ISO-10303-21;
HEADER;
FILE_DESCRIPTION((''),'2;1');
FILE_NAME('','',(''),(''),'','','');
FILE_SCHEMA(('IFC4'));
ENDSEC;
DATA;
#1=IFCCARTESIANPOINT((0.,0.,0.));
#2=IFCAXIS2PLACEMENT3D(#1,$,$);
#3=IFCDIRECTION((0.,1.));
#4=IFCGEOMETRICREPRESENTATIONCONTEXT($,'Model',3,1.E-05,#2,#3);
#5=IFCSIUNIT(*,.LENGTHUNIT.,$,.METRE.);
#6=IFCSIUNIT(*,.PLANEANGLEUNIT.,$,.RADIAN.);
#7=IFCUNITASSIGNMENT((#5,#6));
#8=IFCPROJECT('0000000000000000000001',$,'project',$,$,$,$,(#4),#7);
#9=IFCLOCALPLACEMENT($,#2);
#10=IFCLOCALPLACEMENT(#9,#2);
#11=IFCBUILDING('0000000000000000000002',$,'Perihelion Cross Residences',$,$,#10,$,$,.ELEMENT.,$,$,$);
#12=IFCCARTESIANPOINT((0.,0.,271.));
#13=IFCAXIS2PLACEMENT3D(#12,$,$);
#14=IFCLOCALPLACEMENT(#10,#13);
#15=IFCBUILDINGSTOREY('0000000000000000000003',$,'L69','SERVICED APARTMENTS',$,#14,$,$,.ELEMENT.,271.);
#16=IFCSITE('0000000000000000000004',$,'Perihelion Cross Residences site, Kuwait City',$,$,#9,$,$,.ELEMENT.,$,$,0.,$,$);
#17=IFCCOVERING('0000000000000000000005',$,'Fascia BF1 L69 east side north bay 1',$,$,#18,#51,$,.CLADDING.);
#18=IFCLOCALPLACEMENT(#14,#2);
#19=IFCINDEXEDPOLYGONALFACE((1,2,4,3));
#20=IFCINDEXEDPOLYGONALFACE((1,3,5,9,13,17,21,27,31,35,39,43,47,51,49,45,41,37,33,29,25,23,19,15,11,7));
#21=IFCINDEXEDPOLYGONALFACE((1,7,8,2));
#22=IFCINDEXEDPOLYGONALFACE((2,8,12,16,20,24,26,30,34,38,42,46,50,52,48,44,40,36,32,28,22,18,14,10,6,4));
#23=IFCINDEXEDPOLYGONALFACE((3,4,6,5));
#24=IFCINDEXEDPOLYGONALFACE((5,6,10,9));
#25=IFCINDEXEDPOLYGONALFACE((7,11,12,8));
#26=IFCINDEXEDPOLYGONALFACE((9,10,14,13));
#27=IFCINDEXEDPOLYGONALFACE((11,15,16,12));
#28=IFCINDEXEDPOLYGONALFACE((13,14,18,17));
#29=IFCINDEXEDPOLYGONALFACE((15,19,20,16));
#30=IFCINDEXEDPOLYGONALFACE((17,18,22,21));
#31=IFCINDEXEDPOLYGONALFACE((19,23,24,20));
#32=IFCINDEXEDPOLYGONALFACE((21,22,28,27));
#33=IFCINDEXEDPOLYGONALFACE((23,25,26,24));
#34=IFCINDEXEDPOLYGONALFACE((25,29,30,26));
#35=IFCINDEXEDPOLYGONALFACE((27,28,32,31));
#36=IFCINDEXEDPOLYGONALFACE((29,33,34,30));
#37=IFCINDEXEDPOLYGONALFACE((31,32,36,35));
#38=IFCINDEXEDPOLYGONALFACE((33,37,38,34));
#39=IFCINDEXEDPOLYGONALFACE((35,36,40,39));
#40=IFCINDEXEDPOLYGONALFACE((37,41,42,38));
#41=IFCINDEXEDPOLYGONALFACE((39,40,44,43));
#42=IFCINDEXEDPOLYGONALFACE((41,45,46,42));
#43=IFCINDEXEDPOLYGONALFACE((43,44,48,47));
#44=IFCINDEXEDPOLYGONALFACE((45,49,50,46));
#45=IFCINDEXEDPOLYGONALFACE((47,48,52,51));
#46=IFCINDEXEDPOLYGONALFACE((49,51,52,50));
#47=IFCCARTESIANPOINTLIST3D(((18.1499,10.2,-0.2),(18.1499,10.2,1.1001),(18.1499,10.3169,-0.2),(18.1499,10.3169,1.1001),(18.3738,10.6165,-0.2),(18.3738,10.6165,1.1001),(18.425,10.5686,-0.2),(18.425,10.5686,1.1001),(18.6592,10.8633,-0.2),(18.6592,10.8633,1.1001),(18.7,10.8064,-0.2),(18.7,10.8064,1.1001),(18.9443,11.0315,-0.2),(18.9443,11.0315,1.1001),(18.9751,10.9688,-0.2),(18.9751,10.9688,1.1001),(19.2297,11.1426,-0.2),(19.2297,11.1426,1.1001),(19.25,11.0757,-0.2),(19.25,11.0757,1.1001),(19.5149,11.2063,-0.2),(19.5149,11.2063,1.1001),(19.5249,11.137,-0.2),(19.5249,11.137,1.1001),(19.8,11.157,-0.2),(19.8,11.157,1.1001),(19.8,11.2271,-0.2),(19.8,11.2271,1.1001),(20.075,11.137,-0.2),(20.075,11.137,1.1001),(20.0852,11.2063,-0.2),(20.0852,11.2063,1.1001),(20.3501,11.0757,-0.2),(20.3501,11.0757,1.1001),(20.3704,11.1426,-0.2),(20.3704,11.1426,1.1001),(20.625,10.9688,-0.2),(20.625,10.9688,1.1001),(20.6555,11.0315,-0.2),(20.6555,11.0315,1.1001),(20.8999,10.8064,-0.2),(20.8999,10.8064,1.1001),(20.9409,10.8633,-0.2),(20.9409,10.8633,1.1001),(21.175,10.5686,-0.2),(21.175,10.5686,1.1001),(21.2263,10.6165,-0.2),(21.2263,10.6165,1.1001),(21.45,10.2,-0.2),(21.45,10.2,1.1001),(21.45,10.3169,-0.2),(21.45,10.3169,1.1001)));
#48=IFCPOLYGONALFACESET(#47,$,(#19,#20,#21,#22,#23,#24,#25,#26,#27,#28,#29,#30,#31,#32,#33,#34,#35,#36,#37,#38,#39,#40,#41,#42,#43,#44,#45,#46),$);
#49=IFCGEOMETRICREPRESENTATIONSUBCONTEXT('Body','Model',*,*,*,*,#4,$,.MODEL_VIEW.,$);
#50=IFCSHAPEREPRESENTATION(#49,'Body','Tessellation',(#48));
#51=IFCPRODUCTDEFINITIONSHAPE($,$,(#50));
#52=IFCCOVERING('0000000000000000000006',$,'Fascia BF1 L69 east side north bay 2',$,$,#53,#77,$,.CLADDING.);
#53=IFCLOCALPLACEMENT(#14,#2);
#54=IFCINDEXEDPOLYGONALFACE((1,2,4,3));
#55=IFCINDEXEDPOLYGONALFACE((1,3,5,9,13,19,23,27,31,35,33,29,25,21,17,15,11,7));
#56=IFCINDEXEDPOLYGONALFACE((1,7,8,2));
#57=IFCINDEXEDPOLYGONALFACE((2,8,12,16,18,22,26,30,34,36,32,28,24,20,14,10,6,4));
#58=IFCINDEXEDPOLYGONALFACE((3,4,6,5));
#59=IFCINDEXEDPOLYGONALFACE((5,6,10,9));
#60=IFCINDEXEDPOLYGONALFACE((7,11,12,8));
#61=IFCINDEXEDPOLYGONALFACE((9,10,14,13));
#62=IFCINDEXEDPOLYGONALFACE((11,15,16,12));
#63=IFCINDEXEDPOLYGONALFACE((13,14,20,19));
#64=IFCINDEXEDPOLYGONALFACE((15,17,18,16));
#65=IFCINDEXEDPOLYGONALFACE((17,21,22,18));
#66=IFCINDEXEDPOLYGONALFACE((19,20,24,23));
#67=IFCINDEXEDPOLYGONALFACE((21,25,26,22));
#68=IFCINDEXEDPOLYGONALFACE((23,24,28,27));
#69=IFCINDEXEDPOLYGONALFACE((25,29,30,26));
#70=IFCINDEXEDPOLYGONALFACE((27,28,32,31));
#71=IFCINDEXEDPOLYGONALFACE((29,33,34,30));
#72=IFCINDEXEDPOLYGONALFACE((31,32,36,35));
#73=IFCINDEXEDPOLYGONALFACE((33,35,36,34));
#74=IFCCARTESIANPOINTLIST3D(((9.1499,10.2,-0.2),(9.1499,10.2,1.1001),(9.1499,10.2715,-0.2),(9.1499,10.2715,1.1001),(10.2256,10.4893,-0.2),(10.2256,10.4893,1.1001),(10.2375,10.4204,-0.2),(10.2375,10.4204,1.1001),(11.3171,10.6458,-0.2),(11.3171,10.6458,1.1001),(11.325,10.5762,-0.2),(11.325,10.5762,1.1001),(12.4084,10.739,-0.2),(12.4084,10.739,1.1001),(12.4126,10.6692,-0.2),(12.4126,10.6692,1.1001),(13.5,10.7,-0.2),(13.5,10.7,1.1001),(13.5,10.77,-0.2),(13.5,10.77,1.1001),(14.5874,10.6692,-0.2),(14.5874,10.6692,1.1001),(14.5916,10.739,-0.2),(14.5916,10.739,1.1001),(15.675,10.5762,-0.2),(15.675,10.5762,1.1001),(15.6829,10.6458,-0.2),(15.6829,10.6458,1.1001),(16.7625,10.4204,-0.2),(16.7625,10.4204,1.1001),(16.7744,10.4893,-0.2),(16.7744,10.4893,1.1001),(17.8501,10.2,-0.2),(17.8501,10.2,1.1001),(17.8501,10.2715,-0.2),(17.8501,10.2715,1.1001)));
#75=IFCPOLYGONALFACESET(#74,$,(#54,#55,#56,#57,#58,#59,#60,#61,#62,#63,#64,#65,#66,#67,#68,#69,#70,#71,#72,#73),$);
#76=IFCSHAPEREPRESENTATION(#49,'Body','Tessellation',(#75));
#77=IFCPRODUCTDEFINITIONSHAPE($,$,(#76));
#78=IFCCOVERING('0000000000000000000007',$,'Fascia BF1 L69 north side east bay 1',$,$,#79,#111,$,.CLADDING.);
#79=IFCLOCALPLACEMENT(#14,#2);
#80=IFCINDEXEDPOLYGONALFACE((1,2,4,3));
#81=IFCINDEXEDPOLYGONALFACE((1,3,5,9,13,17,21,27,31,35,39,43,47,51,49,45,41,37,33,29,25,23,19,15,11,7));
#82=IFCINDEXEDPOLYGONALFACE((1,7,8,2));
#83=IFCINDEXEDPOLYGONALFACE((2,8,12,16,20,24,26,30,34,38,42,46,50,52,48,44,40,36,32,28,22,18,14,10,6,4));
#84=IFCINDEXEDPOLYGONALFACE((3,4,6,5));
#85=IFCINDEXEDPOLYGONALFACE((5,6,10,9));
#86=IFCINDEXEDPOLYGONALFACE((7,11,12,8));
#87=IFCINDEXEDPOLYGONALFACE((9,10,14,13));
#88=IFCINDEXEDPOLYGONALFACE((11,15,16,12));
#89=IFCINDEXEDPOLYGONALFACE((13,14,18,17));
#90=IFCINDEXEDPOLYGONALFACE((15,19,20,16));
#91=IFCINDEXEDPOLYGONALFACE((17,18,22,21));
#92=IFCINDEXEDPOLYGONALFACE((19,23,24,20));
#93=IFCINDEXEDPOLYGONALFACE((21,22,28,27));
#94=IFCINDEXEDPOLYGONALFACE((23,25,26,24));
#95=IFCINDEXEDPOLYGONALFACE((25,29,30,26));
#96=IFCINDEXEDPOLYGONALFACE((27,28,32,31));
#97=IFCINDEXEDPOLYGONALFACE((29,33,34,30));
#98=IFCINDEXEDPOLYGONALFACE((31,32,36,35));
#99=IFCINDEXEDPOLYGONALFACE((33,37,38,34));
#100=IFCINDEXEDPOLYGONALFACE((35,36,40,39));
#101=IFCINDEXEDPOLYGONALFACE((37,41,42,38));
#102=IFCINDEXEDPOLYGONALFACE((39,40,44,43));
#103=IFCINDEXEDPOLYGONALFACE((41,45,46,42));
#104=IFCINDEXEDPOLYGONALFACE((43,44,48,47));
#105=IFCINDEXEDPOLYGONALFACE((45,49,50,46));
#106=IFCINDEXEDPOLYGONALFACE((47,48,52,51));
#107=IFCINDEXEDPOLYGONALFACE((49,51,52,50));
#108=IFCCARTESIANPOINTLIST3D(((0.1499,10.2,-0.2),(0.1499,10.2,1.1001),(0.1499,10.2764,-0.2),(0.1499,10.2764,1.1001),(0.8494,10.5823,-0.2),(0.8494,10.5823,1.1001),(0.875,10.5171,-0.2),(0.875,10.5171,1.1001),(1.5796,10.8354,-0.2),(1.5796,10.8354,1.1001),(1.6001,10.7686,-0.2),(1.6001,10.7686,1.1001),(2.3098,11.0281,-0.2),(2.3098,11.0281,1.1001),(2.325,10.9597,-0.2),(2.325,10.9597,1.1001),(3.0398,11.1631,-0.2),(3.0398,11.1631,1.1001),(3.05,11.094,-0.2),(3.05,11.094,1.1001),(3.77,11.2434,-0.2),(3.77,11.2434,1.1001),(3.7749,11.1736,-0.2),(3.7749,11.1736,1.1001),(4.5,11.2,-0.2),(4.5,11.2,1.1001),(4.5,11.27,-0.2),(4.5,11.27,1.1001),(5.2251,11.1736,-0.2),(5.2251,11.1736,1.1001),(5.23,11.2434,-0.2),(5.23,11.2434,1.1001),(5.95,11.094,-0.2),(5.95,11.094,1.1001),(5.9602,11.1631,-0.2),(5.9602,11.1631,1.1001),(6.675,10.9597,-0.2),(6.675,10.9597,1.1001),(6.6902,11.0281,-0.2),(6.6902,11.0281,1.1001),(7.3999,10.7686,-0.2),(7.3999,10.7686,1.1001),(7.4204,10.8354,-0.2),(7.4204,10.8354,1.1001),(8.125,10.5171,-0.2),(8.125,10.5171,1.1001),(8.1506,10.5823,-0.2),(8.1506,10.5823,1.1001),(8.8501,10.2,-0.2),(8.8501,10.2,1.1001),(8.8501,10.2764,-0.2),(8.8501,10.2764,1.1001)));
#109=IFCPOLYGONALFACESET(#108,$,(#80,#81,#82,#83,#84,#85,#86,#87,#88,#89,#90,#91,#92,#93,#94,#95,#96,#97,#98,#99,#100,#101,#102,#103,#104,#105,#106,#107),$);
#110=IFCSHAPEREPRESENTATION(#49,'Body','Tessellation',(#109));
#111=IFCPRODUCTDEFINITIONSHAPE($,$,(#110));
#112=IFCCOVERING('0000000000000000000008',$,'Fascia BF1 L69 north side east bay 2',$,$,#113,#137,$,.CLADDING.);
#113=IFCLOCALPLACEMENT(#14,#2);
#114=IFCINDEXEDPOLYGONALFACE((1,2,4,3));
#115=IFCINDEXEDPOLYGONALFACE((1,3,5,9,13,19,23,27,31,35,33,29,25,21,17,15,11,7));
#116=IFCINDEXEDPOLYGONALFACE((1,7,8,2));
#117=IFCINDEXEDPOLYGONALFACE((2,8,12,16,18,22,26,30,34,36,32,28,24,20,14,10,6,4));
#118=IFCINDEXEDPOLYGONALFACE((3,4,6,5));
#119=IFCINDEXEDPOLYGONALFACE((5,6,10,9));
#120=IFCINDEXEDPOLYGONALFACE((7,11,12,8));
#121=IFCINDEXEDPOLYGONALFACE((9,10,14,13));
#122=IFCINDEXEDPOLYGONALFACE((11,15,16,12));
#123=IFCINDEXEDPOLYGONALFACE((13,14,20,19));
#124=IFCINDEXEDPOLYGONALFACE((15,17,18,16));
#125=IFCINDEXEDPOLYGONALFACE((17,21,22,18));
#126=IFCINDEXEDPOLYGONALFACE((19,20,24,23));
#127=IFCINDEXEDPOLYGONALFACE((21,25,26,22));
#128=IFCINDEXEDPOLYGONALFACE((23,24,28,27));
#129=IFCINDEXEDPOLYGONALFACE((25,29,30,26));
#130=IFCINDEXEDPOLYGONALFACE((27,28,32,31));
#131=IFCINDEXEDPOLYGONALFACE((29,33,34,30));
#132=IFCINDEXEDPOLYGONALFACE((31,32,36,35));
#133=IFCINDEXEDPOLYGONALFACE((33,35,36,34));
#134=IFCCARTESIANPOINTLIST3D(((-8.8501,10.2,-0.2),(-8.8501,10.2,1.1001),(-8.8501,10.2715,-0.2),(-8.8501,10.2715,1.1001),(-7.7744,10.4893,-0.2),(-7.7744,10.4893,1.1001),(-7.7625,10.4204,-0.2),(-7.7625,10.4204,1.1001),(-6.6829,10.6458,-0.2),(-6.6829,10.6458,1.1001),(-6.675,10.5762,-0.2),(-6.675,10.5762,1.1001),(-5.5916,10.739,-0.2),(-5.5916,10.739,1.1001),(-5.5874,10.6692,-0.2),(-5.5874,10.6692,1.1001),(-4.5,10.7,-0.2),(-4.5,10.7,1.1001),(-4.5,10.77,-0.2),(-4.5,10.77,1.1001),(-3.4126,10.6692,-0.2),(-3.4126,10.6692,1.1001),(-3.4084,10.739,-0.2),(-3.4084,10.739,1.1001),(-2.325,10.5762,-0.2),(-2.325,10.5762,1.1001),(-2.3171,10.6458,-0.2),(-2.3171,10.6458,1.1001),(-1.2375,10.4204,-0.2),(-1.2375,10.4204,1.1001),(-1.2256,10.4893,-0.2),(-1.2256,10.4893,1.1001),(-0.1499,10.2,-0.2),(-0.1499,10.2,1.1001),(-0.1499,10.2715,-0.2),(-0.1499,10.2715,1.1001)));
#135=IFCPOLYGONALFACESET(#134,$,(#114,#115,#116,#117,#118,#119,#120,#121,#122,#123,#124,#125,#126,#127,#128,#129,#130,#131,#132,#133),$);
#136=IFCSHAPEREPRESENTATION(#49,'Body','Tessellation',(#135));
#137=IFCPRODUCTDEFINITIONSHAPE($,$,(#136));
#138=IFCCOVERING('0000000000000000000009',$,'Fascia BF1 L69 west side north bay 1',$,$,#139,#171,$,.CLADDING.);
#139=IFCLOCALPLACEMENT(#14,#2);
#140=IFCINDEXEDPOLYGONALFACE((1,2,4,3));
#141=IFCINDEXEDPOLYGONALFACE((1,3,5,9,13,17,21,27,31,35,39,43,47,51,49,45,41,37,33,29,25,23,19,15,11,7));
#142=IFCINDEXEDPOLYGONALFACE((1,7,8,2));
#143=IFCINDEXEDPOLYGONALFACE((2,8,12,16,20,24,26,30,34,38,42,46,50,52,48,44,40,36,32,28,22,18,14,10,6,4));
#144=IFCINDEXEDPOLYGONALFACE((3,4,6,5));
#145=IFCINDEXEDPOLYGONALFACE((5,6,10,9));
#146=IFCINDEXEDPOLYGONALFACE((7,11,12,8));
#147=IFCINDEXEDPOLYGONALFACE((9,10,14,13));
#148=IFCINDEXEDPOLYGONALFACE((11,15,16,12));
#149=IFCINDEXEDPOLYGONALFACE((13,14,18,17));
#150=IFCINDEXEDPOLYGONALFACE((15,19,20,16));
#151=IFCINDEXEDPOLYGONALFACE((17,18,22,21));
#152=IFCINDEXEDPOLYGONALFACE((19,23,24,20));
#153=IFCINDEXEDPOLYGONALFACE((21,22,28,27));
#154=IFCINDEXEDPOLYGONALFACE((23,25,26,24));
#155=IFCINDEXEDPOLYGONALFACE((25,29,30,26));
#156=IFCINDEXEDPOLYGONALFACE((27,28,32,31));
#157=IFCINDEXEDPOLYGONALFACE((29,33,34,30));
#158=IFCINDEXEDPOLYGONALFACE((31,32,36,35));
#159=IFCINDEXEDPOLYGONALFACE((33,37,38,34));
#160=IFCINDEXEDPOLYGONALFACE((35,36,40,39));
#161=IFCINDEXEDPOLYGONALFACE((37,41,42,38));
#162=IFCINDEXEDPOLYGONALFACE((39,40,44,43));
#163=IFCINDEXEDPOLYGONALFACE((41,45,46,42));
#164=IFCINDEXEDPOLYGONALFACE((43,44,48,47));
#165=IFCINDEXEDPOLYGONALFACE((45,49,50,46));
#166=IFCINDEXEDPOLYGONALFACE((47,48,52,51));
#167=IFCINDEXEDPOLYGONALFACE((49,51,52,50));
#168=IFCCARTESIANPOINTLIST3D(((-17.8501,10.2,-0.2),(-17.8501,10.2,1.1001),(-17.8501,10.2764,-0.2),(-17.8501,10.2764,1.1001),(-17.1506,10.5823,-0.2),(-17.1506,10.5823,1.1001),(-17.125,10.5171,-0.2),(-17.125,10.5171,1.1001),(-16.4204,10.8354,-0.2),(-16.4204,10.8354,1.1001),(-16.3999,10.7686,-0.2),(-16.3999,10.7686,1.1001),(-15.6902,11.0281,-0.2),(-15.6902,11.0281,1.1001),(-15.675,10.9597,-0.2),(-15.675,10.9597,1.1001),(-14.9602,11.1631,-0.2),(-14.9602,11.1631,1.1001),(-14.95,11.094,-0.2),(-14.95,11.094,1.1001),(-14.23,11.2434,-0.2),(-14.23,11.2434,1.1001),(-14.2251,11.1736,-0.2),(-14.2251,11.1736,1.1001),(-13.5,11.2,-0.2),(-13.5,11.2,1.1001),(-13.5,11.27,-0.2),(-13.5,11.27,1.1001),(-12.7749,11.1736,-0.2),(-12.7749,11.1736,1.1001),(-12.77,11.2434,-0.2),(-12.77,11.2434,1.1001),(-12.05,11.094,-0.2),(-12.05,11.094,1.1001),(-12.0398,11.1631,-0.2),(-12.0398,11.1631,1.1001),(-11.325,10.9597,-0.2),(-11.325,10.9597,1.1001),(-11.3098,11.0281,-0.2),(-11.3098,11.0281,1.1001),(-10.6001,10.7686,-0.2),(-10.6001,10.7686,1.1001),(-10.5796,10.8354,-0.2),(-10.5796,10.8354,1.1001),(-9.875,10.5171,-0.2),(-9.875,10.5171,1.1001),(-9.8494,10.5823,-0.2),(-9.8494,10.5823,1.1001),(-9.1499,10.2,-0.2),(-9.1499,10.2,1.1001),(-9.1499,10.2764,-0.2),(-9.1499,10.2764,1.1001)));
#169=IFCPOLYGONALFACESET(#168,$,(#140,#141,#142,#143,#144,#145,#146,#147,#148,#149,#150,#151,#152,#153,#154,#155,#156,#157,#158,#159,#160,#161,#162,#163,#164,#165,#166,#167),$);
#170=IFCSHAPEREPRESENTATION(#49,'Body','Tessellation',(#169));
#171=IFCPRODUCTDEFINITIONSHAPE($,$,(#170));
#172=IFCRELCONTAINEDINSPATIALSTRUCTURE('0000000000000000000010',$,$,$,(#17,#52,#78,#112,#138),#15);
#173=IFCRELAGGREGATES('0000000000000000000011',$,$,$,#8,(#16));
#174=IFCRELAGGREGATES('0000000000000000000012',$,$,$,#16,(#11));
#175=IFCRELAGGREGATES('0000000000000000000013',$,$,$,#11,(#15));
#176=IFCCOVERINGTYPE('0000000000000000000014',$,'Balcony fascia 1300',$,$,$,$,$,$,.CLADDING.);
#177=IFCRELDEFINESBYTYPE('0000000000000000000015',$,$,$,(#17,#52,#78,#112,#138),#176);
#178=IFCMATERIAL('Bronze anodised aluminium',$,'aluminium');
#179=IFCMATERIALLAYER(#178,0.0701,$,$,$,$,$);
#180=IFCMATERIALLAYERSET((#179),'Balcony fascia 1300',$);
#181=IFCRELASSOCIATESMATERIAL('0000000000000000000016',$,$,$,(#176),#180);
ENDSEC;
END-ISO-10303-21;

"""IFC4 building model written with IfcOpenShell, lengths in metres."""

from ifc_helpers import new_model, si_unit, direction, frame, origin, place, context, subcontext, project, spatial, polyline, outline, extrude, material, layer, layer_set, type_object, element, save


model = new_model("IFC4")

# Units and contexts
model_context = context("Model", 3, precision=1e-05, world=origin(), true_north=direction((0.0, 1.0)))
body_context = subcontext(model_context, "Body", "Model", "MODEL_VIEW")
ifc_project = project(units=[si_unit("LENGTHUNIT", "METRE"), si_unit("PLANEANGLEUNIT", "RADIAN")], contexts=[model_context])

# Site, building, storey
site_placement = place(None, origin())
site = spatial("IfcSite", under=ifc_project, at=site_placement, Name="Perihelion Cross Residences site, Kuwait City", CompositionType="ELEMENT", RefElevation=0.0)
building_placement = place(site_placement, origin())
building = spatial("IfcBuilding", under=site, at=building_placement, Name="Perihelion Cross Residences", CompositionType="ELEMENT")
storey_placement = place(building_placement, frame((0.0, 0.0, 271.0)))
storey = spatial("IfcBuildingStorey", under=building, at=storey_placement, Name="L69", Description="SERVICED APARTMENTS", CompositionType="ELEMENT", Elevation=271.0)

# Coverings
ifc_material_1 = material(Name="Bronze anodised aluminium", Category="aluminium")
ifc_layer_1 = layer(ifc_material_1, 0.0701)
ifc_layer_set_1 = layer_set([ifc_layer_1], Name="Balcony fascia 1300")
covering_type = type_object("IfcCoveringType", Name="Balcony fascia 1300", PredefinedType="CLADDING", material=ifc_layer_set_1)
covering_1_placement = place(storey_placement, frame((0.0, 0.0, -0.2)))
element("IfcCovering", 1, at=covering_1_placement, inside=storey, type_object=covering_type, Name="Fascia BF1 L69 east side north bay 1", PredefinedType="CLADDING", context=body_context, shape_type="SweptSolid", body=[
    extrude(outline(polyline([(21.2263, 10.6165), (20.9409, 10.8633), (20.6555, 11.0315), (20.3704, 11.1426), (20.0852, 11.2063), (19.8, 11.2271), (19.5149, 11.2063), (19.2297, 11.1426), (18.9443, 11.0315), (18.6592, 10.8633), (18.3738, 10.6165), (18.1499, 10.3169), (18.1499, 10.2), (18.425, 10.5686), (18.7, 10.8064), (18.9751, 10.9688), (19.25, 11.0757), (19.5249, 11.137), (19.8, 11.157), (20.075, 11.137), (20.3501, 11.0757), (20.625, 10.9688), (20.8999, 10.8064), (21.175, 10.5686), (21.45, 10.2), (21.45, 10.3169), (21.2263, 10.6165)])), origin(), (0.0, 0.0, 1.0), 1.3),
])
covering_2_placement = place(storey_placement, frame((0.0, 0.0, -0.2)))
element("IfcCovering", 2, at=covering_2_placement, inside=storey, type_object=covering_type, Name="Fascia BF1 L69 east side north bay 2", PredefinedType="CLADDING", context=body_context, shape_type="SweptSolid", body=[
    extrude(outline(polyline([(16.7744, 10.4893), (15.6829, 10.6458), (14.5916, 10.739), (13.5, 10.77), (12.4084, 10.739), (11.3171, 10.6458), (10.2256, 10.4893), (9.1499, 10.2715), (9.1499, 10.2), (10.2375, 10.4204), (11.325, 10.5762), (12.4126, 10.6692), (13.5, 10.7), (14.5874, 10.6692), (15.675, 10.5762), (16.7625, 10.4204), (17.8501, 10.2), (17.8501, 10.2715), (16.7744, 10.4893)])), origin(), (0.0, 0.0, 1.0), 1.3),
])
covering_3_placement = place(storey_placement, frame((0.0, 0.0, -0.2)))
element("IfcCovering", 3, at=covering_3_placement, inside=storey, type_object=covering_type, Name="Fascia BF1 L69 north side east bay 1", PredefinedType="CLADDING", context=body_context, shape_type="SweptSolid", body=[
    extrude(outline(polyline([(8.1506, 10.5823), (7.4204, 10.8354), (6.6902, 11.0281), (5.9602, 11.1631), (5.23, 11.2434), (4.5, 11.27), (3.77, 11.2434), (3.0398, 11.1631), (2.3098, 11.0281), (1.5796, 10.8354), (0.8494, 10.5823), (0.1499, 10.2764), (0.1499, 10.2), (0.875, 10.5171), (1.6001, 10.7686), (2.325, 10.9597), (3.05, 11.094), (3.7749, 11.1736), (4.5, 11.2), (5.2251, 11.1736), (5.95, 11.094), (6.675, 10.9597), (7.3999, 10.7686), (8.125, 10.5171), (8.8501, 10.2), (8.8501, 10.2764), (8.1506, 10.5823)])), origin(), (0.0, 0.0, 1.0), 1.3),
])
covering_4_placement = place(storey_placement, frame((0.0, 0.0, -0.2)))
element("IfcCovering", 4, at=covering_4_placement, inside=storey, type_object=covering_type, Name="Fascia BF1 L69 north side east bay 2", PredefinedType="CLADDING", context=body_context, shape_type="SweptSolid", body=[
    extrude(outline(polyline([(-1.2256, 10.4893), (-2.3171, 10.6458), (-3.4084, 10.739), (-4.5, 10.77), (-5.5916, 10.739), (-6.6829, 10.6458), (-7.7744, 10.4893), (-8.8501, 10.2715), (-8.8501, 10.2), (-7.7625, 10.4204), (-6.675, 10.5762), (-5.5874, 10.6692), (-4.5, 10.7), (-3.4126, 10.6692), (-2.325, 10.5762), (-1.2375, 10.4204), (-0.1499, 10.2), (-0.1499, 10.2715), (-1.2256, 10.4893)])), origin(), (0.0, 0.0, 1.0), 1.3),
])
covering_5_placement = place(storey_placement, frame((0.0, 0.0, -0.2)))
element("IfcCovering", 5, at=covering_5_placement, inside=storey, type_object=covering_type, Name="Fascia BF1 L69 west side north bay 1", PredefinedType="CLADDING", context=body_context, shape_type="SweptSolid", body=[
    extrude(outline(polyline([(-9.8494, 10.5823), (-10.5796, 10.8354), (-11.3098, 11.0281), (-12.0398, 11.1631), (-12.77, 11.2434), (-13.5, 11.27), (-14.23, 11.2434), (-14.9602, 11.1631), (-15.6902, 11.0281), (-16.4204, 10.8354), (-17.1506, 10.5823), (-17.8501, 10.2764), (-17.8501, 10.2), (-17.125, 10.5171), (-16.3999, 10.7686), (-15.675, 10.9597), (-14.95, 11.094), (-14.2251, 11.1736), (-13.5, 11.2), (-12.7749, 11.1736), (-12.05, 11.094), (-11.325, 10.9597), (-10.6001, 10.7686), (-9.875, 10.5171), (-9.1499, 10.2), (-9.1499, 10.2764), (-9.8494, 10.5823)])), origin(), (0.0, 0.0, 1.0), 1.3),
])

save(model, "model.ifc")
